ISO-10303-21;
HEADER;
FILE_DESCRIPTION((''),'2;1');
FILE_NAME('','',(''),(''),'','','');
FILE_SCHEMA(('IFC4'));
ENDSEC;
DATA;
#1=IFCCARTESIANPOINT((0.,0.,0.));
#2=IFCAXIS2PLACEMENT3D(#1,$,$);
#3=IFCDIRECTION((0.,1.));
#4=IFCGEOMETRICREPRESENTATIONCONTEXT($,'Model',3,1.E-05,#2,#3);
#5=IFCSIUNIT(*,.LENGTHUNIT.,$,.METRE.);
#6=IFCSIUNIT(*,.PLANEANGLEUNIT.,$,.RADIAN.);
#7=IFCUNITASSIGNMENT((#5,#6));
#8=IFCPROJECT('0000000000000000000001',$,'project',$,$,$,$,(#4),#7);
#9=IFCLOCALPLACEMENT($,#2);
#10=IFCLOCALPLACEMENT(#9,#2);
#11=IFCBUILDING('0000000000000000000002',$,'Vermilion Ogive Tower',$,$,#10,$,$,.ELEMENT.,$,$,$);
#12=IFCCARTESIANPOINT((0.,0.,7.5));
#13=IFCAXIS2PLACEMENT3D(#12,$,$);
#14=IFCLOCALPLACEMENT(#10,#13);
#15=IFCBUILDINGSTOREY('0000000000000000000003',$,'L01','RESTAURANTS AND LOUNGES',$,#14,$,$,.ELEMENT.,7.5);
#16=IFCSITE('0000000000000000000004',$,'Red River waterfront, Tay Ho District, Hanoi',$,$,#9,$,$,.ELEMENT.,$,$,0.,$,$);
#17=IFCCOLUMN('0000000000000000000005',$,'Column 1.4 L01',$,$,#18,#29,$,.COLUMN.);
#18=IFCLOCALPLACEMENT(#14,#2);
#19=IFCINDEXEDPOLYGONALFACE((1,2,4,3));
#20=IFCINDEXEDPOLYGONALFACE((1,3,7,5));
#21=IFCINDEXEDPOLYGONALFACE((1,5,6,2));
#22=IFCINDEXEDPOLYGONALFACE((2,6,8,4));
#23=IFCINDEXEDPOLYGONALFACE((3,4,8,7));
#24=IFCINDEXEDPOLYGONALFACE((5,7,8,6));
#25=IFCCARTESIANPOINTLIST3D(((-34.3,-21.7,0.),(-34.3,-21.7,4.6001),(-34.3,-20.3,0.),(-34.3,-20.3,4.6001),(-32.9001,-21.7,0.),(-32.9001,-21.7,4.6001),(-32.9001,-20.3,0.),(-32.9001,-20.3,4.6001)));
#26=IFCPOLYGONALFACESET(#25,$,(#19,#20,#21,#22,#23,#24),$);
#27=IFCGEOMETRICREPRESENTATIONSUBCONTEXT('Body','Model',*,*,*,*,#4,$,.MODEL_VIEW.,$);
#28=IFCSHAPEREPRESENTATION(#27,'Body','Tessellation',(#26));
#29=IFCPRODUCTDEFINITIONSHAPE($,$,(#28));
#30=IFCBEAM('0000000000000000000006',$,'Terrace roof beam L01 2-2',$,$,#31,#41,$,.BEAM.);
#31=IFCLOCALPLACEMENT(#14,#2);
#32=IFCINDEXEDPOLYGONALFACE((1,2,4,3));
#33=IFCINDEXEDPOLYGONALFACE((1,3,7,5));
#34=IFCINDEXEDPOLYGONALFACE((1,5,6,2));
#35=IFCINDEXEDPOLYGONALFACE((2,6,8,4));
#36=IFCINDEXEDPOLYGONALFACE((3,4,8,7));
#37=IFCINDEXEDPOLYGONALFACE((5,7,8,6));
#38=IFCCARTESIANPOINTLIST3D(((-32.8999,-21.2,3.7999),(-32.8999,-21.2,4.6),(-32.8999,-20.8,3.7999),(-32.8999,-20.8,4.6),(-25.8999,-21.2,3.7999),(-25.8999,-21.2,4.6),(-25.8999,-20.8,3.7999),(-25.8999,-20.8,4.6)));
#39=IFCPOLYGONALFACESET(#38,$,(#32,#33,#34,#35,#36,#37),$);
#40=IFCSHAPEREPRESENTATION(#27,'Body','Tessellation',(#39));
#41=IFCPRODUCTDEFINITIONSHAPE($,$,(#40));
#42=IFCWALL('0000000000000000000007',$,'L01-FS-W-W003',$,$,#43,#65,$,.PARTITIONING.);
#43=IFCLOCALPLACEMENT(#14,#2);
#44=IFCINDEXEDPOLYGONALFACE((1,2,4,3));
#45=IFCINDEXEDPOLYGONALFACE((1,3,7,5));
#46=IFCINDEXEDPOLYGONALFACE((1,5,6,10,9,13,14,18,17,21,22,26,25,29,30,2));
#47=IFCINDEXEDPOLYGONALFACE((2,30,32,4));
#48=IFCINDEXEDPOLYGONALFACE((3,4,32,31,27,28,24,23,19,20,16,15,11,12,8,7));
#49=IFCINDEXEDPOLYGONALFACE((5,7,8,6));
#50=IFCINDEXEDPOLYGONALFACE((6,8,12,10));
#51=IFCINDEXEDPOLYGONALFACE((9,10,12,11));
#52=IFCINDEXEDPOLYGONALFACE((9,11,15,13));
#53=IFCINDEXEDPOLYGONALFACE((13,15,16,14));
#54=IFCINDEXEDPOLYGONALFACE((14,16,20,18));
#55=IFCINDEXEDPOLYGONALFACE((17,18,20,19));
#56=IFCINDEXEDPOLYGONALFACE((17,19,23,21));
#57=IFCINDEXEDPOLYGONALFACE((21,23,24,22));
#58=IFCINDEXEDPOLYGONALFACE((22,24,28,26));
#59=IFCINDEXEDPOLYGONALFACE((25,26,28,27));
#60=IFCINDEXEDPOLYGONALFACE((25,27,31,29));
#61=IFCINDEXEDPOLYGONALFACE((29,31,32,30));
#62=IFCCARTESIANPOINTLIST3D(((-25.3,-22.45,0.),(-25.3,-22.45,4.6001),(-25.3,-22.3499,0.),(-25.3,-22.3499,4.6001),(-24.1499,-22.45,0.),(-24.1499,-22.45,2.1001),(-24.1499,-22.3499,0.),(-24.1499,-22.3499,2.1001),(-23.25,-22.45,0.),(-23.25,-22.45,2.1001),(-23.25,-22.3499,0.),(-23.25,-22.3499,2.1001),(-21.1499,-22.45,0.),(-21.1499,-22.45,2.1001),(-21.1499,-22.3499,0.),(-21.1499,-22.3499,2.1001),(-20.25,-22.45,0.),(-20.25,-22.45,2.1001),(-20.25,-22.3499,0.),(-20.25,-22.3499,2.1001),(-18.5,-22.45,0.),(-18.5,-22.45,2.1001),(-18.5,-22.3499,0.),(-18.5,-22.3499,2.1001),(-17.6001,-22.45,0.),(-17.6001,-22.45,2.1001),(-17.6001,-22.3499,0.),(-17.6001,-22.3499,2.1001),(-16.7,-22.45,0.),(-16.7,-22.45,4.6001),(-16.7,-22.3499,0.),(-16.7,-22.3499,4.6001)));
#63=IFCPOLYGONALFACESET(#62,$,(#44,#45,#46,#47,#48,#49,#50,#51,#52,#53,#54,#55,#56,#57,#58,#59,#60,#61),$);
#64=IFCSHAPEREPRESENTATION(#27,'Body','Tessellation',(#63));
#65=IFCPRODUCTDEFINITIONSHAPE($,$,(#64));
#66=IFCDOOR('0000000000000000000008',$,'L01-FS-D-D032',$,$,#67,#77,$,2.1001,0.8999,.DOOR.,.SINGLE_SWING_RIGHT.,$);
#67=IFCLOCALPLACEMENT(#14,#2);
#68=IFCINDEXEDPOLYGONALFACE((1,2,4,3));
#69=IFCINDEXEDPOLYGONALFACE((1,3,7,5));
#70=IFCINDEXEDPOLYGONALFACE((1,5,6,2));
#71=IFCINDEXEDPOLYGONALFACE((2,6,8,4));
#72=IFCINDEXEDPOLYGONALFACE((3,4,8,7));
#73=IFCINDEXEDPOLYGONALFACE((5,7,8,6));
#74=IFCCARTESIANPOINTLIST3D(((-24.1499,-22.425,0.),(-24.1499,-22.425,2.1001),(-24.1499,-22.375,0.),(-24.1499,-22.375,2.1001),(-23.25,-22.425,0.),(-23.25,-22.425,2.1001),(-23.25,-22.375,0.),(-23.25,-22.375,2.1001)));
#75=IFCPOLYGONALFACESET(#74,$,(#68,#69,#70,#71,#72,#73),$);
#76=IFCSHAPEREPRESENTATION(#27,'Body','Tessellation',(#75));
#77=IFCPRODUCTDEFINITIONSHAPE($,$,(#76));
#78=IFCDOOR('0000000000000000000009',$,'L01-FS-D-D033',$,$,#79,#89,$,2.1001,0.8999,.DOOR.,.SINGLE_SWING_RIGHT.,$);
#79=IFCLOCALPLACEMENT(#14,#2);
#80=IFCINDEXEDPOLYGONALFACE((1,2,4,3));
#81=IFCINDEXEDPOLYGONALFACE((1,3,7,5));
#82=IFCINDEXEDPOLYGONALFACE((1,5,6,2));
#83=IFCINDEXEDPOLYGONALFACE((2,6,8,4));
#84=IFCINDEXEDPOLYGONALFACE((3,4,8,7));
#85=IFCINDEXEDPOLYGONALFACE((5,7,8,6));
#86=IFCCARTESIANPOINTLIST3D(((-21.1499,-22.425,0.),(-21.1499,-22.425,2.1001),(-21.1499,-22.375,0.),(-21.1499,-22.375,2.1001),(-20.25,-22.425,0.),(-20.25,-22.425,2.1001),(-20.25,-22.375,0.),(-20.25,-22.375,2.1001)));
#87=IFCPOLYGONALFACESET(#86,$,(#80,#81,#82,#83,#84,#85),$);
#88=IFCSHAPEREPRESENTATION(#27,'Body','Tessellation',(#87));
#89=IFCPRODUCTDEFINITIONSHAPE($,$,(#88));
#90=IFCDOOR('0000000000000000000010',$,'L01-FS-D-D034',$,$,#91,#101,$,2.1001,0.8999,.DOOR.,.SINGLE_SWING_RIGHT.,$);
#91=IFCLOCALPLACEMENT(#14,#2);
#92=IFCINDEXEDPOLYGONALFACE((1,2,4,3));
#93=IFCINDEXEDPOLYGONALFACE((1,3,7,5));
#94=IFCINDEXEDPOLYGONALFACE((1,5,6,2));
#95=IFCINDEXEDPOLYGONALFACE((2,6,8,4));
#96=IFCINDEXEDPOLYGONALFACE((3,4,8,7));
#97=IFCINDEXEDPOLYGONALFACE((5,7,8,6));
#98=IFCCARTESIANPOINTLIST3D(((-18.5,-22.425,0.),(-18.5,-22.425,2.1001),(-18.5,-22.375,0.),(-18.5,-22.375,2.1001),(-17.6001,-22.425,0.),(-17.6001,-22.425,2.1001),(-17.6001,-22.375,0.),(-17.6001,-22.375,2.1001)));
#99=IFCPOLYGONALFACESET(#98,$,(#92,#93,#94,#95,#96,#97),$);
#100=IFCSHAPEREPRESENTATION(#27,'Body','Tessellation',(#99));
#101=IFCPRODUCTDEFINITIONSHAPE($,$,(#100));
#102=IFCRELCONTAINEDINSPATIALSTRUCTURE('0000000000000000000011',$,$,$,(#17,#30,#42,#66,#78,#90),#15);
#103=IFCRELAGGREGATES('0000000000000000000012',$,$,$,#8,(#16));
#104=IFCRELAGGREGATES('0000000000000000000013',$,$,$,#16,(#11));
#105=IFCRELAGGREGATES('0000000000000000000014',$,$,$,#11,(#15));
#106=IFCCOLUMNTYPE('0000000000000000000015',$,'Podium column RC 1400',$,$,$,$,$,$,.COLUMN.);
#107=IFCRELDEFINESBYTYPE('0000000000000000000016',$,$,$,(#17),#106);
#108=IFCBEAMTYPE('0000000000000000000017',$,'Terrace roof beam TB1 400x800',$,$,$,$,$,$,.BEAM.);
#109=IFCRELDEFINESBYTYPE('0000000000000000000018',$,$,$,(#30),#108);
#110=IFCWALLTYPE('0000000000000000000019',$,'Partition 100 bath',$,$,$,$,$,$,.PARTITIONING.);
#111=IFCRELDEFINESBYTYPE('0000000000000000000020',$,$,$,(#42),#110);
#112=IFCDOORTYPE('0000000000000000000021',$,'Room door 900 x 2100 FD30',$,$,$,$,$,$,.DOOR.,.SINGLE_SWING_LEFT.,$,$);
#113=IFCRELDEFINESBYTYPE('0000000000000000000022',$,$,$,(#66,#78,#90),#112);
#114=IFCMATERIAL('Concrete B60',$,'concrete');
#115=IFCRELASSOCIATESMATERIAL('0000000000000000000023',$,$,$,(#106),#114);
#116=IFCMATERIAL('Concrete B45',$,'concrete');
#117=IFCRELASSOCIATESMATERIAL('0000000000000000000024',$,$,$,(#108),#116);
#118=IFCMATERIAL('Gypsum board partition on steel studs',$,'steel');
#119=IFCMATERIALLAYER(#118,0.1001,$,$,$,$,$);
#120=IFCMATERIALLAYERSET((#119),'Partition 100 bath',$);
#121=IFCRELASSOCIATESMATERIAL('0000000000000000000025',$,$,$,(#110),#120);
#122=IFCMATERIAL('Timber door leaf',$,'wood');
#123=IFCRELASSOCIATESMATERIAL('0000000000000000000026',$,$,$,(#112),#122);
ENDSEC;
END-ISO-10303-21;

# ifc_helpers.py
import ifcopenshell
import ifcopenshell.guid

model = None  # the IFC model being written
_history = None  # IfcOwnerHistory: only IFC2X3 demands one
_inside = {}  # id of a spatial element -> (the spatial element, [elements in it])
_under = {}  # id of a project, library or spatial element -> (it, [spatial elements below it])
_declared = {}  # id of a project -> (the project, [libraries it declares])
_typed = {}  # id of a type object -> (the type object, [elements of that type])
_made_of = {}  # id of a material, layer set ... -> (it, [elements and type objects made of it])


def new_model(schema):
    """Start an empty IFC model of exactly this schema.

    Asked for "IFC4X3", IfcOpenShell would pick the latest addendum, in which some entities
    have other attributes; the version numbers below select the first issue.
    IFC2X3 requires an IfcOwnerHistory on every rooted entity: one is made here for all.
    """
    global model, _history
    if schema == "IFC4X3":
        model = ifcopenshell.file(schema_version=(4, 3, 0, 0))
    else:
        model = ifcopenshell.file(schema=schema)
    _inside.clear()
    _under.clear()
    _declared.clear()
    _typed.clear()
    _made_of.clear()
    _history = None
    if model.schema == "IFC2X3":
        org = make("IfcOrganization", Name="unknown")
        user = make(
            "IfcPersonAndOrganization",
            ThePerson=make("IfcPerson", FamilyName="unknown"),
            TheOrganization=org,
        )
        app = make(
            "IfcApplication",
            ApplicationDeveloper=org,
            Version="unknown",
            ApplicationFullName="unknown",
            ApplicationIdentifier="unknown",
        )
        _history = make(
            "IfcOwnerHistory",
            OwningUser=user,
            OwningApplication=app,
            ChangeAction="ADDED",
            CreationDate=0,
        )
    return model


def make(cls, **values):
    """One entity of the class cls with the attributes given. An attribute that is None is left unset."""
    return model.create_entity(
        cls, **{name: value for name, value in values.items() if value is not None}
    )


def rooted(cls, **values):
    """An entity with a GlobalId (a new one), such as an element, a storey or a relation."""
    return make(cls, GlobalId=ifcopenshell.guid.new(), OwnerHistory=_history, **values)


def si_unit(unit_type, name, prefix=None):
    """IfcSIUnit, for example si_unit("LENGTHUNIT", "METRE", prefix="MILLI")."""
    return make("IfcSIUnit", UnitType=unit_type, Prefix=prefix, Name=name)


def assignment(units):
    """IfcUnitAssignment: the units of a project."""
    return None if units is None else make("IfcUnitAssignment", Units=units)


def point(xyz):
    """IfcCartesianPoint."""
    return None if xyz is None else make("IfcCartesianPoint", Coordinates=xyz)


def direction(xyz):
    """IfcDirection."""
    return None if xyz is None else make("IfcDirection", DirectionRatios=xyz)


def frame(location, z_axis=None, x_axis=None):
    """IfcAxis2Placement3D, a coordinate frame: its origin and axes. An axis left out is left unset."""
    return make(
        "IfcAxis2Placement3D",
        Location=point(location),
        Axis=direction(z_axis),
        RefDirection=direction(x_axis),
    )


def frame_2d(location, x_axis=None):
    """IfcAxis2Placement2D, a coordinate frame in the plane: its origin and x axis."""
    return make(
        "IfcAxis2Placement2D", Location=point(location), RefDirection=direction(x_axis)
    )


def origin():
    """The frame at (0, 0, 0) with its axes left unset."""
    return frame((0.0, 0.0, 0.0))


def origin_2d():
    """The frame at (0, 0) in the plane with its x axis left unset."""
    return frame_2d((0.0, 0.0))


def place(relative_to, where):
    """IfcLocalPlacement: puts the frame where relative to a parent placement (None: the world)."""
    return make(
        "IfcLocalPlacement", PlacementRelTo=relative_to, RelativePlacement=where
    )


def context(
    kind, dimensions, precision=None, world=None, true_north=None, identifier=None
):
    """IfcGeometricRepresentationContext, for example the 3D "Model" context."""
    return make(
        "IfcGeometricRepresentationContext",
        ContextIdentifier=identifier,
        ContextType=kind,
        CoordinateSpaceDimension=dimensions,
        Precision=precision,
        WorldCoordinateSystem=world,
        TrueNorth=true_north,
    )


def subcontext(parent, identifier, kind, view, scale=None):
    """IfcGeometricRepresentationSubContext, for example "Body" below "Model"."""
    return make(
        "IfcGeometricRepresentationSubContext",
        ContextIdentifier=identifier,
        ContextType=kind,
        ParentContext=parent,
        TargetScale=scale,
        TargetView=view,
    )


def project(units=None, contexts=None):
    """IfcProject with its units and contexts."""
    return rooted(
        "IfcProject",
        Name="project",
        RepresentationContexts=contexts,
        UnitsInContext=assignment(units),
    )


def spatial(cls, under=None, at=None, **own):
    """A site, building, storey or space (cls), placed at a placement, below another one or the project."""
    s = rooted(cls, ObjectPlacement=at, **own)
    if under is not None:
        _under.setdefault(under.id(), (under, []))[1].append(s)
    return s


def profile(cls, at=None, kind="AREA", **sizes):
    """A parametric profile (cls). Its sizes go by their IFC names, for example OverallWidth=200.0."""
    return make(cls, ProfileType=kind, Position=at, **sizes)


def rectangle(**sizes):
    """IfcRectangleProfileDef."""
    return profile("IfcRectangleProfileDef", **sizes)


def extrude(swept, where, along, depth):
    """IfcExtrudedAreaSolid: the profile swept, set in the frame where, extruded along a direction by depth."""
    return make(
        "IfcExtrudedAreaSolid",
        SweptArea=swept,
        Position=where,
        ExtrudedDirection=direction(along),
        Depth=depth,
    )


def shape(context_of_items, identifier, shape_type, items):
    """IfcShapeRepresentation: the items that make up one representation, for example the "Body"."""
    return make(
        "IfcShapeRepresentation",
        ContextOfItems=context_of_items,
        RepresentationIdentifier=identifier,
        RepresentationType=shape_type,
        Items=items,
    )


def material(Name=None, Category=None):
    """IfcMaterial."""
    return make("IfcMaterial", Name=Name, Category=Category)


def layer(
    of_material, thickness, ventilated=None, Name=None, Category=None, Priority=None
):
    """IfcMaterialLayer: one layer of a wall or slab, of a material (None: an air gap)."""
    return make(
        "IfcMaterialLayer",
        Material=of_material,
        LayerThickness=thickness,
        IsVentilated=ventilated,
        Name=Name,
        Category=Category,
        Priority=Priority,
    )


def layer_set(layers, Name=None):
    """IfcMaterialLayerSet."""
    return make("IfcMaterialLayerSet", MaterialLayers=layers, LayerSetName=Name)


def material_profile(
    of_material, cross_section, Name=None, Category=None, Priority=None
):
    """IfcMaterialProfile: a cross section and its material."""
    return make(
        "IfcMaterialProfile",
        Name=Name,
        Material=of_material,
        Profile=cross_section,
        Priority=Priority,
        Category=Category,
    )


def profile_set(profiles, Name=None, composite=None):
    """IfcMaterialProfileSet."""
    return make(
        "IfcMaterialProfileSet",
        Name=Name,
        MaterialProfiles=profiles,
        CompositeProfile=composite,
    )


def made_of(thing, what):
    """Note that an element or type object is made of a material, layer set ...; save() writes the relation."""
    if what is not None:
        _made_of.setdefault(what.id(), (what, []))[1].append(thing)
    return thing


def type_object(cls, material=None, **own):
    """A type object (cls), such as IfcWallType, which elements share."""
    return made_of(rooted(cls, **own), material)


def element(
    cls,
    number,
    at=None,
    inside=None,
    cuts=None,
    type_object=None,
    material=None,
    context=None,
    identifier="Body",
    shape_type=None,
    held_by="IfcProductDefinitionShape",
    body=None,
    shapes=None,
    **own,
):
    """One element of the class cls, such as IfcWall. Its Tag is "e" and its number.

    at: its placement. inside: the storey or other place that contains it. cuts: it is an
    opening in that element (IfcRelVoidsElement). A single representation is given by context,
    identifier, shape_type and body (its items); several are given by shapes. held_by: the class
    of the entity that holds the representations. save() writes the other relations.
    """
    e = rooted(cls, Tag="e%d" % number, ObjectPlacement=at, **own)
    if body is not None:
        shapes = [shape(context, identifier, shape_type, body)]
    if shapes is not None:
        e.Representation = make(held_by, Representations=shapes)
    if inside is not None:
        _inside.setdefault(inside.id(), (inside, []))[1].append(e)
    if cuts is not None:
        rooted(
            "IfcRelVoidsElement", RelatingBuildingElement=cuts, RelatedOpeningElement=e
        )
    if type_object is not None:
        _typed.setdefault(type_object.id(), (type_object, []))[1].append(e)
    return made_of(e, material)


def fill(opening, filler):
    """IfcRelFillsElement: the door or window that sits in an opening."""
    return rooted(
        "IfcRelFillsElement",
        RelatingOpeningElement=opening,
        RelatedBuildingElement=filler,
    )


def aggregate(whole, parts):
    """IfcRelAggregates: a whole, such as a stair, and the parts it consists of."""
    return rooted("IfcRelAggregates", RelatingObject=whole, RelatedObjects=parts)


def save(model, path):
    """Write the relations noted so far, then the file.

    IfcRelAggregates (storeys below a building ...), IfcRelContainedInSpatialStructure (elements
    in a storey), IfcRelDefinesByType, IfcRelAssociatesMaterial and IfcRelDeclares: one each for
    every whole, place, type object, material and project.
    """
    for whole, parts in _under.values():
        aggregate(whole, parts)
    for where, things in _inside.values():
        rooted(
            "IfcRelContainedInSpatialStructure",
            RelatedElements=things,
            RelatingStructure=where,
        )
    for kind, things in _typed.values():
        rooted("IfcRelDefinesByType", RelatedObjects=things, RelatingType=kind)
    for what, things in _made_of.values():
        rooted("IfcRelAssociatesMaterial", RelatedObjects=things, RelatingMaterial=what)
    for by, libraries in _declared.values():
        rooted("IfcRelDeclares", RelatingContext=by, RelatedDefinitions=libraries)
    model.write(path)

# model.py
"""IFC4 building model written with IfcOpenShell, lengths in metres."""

from ifc_helpers import new_model, si_unit, direction, frame, frame_2d, origin, origin_2d, place, context, subcontext, project, spatial, rectangle, extrude, material, layer, layer_set, material_profile, profile_set, type_object, element, fill, save


model = new_model("IFC4")

# Units and contexts
model_context = context("Model", 3, precision=1e-05, world=origin(), true_north=direction((0.0, 1.0)))
body_context = subcontext(model_context, "Body", "Model", "MODEL_VIEW")
ifc_project = project(units=[si_unit("LENGTHUNIT", "METRE"), si_unit("PLANEANGLEUNIT", "RADIAN")], contexts=[model_context])

# Site, building, storey
site_placement = place(None, origin())
site = spatial("IfcSite", under=ifc_project, at=site_placement, Name="Red River waterfront, Tay Ho District, Hanoi", CompositionType="ELEMENT", RefElevation=0.0)
building_placement = place(site_placement, origin())
building = spatial("IfcBuilding", under=site, at=building_placement, Name="Vermilion Ogive Tower", CompositionType="ELEMENT")
storey_placement = place(building_placement, frame((0.0, 0.0, 7.5)))
storey = spatial("IfcBuildingStorey", under=building, at=storey_placement, Name="L01", Description="RESTAURANTS AND LOUNGES", CompositionType="ELEMENT", Elevation=7.5)

# Column
ifc_material_1 = material(Name="Concrete B60", Category="concrete")
ifc_material_profile_1 = material_profile(ifc_material_1, rectangle(XDim=1.3999, YDim=1.3999, at=origin_2d()), Name="RC 1400x1400")
ifc_profile_set_1 = profile_set([ifc_material_profile_1], Name="Concrete B60")
column_type = type_object("IfcColumnType", Name="Podium column RC 1400", PredefinedType="COLUMN", material=ifc_profile_set_1)
column_placement = place(storey_placement, frame((-33.6001, -21.0, 0.0), z_axis=(0.0, 0.0, 1.0), x_axis=(1.0, 0.0, 0.0)))
element("IfcColumn", 1, at=column_placement, inside=storey, type_object=column_type, Name="Column 1.4 L01", PredefinedType="COLUMN", context=body_context, shape_type="SweptSolid", body=[
    extrude(rectangle(XDim=1.3999, YDim=1.3999, at=origin_2d()), origin(), (0.0, 0.0, 1.0), 4.6001),
])

# Beam
ifc_material_2 = material(Name="Concrete B45", Category="concrete")
ifc_material_profile_2 = material_profile(ifc_material_2, rectangle(XDim=0.3999, YDim=0.8, at=origin_2d()), Name="RC 400x800")
ifc_profile_set_2 = profile_set([ifc_material_profile_2], Name="Concrete B45")
beam_type = type_object("IfcBeamType", Name="Terrace roof beam TB1 400x800", PredefinedType="BEAM", material=ifc_profile_set_2)
beam_placement = place(storey_placement, frame((-32.8999, -21.0, 4.2), z_axis=(1.0, 0.0, 0.0), x_axis=(0.0, 1.0, 0.0)))
element("IfcBeam", 2, at=beam_placement, inside=storey, type_object=beam_type, Name="Terrace roof beam L01 2-2", PredefinedType="BEAM", context=body_context, shape_type="SweptSolid", body=[
    extrude(rectangle(XDim=0.3999, YDim=0.8, at=origin_2d()), origin(), (0.0, 0.0, 1.0), 7.0),
])

# Wall, openings, doors
ifc_material_3 = material(Name="Gypsum board partition on steel studs", Category="steel")
ifc_layer_1 = layer(ifc_material_3, 0.1001)
ifc_layer_set_1 = layer_set([ifc_layer_1], Name="Partition 100 bath")
wall_type_1 = type_object("IfcWallType", Name="Partition 100 bath", PredefinedType="PARTITIONING", material=ifc_layer_set_1)
wall_1_placement = place(storey_placement, frame((-25.3, -22.3999, 0.0), z_axis=(0.0, 0.0, 1.0), x_axis=(1.0, 0.0, 0.0)))
wall_1 = element("IfcWall", 3, at=wall_1_placement, inside=storey, type_object=wall_type_1, Name="L01-FS-W-W003", PredefinedType="PARTITIONING", context=body_context, shape_type="SweptSolid", body=[
    extrude(rectangle(XDim=8.6001, YDim=0.1001, at=frame_2d((4.3, 0.0))), origin(), (0.0, 0.0, 1.0), 4.6001),
])
opening_1_placement = place(wall_1_placement, frame((1.1501, 0.0, 0.0)))
opening_1 = element("IfcOpeningElement", 4, at=opening_1_placement, cuts=wall_1, PredefinedType="OPENING", context=body_context, shape_type="SweptSolid", body=[
    extrude(rectangle(XDim=0.8999, YDim=2.1001, at=frame_2d((0.45, 1.05))), frame((0.0, 0.0601, 0.0), z_axis=(0.0, -1.0, 0.0), x_axis=(1.0, 0.0, 0.0)), (0.0, 0.0, 1.0), 0.1201),
])
opening_2_placement = place(wall_1_placement, frame((4.1501, 0.0, 0.0)))
opening_2 = element("IfcOpeningElement", 5, at=opening_2_placement, cuts=wall_1, PredefinedType="OPENING", context=body_context, shape_type="SweptSolid", body=[
    extrude(rectangle(XDim=0.8999, YDim=2.1001, at=frame_2d((0.45, 1.05))), frame((0.0, 0.0601, 0.0), z_axis=(0.0, -1.0, 0.0), x_axis=(1.0, 0.0, 0.0)), (0.0, 0.0, 1.0), 0.1201),
])
opening_3_placement = place(wall_1_placement, frame((6.8, 0.0, 0.0)))
opening_3 = element("IfcOpeningElement", 6, at=opening_3_placement, cuts=wall_1, PredefinedType="OPENING", context=body_context, shape_type="SweptSolid", body=[
    extrude(rectangle(XDim=0.8999, YDim=2.1001, at=frame_2d((0.45, 1.05))), frame((0.0, 0.0601, 0.0), z_axis=(0.0, -1.0, 0.0), x_axis=(1.0, 0.0, 0.0)), (0.0, 0.0, 1.0), 0.1201),
])
ifc_material_4 = material(Name="Timber door leaf", Category="wood")
door_type_1 = type_object("IfcDoorType", Name="Room door 900 x 2100 FD30", OperationType="SINGLE_SWING_LEFT", PredefinedType="DOOR", material=ifc_material_4)
door_1_placement = place(opening_1_placement, origin())
door_1 = element("IfcDoor", 7, at=door_1_placement, inside=storey, type_object=door_type_1, Name="L01-FS-D-D032", OperationType="SINGLE_SWING_RIGHT", OverallHeight=2.1001, OverallWidth=0.8999, PredefinedType="DOOR", context=body_context, shape_type="SweptSolid", body=[
    extrude(rectangle(XDim=0.8999, YDim=2.1001, at=frame_2d((0.45, 1.05))), frame((0.0, 0.0249, 0.0), z_axis=(0.0, -1.0, 0.0), x_axis=(1.0, 0.0, 0.0)), (0.0, 0.0, 1.0), 0.05),
])
fill(opening_1, door_1)
door_2_placement = place(opening_2_placement, origin())
door_2 = element("IfcDoor", 8, at=door_2_placement, inside=storey, type_object=door_type_1, Name="L01-FS-D-D033", OperationType="SINGLE_SWING_RIGHT", OverallHeight=2.1001, OverallWidth=0.8999, PredefinedType="DOOR", context=body_context, shape_type="SweptSolid", body=[
    extrude(rectangle(XDim=0.8999, YDim=2.1001, at=frame_2d((0.45, 1.05))), frame((0.0, 0.0249, 0.0), z_axis=(0.0, -1.0, 0.0), x_axis=(1.0, 0.0, 0.0)), (0.0, 0.0, 1.0), 0.05),
])
fill(opening_2, door_2)
door_3_placement = place(opening_3_placement, origin())
door_3 = element("IfcDoor", 9, at=door_3_placement, inside=storey, type_object=door_type_1, Name="L01-FS-D-D034", OperationType="SINGLE_SWING_RIGHT", OverallHeight=2.1001, OverallWidth=0.8999, PredefinedType="DOOR", context=body_context, shape_type="SweptSolid", body=[
    extrude(rectangle(XDim=0.8999, YDim=2.1001, at=frame_2d((0.45, 1.05))), frame((0.0, 0.0249, 0.0), z_axis=(0.0, -1.0, 0.0), x_axis=(1.0, 0.0, 0.0)), (0.0, 0.0, 1.0), 0.05),
])
fill(opening_3, door_3)

save(model, "model.ifc")
